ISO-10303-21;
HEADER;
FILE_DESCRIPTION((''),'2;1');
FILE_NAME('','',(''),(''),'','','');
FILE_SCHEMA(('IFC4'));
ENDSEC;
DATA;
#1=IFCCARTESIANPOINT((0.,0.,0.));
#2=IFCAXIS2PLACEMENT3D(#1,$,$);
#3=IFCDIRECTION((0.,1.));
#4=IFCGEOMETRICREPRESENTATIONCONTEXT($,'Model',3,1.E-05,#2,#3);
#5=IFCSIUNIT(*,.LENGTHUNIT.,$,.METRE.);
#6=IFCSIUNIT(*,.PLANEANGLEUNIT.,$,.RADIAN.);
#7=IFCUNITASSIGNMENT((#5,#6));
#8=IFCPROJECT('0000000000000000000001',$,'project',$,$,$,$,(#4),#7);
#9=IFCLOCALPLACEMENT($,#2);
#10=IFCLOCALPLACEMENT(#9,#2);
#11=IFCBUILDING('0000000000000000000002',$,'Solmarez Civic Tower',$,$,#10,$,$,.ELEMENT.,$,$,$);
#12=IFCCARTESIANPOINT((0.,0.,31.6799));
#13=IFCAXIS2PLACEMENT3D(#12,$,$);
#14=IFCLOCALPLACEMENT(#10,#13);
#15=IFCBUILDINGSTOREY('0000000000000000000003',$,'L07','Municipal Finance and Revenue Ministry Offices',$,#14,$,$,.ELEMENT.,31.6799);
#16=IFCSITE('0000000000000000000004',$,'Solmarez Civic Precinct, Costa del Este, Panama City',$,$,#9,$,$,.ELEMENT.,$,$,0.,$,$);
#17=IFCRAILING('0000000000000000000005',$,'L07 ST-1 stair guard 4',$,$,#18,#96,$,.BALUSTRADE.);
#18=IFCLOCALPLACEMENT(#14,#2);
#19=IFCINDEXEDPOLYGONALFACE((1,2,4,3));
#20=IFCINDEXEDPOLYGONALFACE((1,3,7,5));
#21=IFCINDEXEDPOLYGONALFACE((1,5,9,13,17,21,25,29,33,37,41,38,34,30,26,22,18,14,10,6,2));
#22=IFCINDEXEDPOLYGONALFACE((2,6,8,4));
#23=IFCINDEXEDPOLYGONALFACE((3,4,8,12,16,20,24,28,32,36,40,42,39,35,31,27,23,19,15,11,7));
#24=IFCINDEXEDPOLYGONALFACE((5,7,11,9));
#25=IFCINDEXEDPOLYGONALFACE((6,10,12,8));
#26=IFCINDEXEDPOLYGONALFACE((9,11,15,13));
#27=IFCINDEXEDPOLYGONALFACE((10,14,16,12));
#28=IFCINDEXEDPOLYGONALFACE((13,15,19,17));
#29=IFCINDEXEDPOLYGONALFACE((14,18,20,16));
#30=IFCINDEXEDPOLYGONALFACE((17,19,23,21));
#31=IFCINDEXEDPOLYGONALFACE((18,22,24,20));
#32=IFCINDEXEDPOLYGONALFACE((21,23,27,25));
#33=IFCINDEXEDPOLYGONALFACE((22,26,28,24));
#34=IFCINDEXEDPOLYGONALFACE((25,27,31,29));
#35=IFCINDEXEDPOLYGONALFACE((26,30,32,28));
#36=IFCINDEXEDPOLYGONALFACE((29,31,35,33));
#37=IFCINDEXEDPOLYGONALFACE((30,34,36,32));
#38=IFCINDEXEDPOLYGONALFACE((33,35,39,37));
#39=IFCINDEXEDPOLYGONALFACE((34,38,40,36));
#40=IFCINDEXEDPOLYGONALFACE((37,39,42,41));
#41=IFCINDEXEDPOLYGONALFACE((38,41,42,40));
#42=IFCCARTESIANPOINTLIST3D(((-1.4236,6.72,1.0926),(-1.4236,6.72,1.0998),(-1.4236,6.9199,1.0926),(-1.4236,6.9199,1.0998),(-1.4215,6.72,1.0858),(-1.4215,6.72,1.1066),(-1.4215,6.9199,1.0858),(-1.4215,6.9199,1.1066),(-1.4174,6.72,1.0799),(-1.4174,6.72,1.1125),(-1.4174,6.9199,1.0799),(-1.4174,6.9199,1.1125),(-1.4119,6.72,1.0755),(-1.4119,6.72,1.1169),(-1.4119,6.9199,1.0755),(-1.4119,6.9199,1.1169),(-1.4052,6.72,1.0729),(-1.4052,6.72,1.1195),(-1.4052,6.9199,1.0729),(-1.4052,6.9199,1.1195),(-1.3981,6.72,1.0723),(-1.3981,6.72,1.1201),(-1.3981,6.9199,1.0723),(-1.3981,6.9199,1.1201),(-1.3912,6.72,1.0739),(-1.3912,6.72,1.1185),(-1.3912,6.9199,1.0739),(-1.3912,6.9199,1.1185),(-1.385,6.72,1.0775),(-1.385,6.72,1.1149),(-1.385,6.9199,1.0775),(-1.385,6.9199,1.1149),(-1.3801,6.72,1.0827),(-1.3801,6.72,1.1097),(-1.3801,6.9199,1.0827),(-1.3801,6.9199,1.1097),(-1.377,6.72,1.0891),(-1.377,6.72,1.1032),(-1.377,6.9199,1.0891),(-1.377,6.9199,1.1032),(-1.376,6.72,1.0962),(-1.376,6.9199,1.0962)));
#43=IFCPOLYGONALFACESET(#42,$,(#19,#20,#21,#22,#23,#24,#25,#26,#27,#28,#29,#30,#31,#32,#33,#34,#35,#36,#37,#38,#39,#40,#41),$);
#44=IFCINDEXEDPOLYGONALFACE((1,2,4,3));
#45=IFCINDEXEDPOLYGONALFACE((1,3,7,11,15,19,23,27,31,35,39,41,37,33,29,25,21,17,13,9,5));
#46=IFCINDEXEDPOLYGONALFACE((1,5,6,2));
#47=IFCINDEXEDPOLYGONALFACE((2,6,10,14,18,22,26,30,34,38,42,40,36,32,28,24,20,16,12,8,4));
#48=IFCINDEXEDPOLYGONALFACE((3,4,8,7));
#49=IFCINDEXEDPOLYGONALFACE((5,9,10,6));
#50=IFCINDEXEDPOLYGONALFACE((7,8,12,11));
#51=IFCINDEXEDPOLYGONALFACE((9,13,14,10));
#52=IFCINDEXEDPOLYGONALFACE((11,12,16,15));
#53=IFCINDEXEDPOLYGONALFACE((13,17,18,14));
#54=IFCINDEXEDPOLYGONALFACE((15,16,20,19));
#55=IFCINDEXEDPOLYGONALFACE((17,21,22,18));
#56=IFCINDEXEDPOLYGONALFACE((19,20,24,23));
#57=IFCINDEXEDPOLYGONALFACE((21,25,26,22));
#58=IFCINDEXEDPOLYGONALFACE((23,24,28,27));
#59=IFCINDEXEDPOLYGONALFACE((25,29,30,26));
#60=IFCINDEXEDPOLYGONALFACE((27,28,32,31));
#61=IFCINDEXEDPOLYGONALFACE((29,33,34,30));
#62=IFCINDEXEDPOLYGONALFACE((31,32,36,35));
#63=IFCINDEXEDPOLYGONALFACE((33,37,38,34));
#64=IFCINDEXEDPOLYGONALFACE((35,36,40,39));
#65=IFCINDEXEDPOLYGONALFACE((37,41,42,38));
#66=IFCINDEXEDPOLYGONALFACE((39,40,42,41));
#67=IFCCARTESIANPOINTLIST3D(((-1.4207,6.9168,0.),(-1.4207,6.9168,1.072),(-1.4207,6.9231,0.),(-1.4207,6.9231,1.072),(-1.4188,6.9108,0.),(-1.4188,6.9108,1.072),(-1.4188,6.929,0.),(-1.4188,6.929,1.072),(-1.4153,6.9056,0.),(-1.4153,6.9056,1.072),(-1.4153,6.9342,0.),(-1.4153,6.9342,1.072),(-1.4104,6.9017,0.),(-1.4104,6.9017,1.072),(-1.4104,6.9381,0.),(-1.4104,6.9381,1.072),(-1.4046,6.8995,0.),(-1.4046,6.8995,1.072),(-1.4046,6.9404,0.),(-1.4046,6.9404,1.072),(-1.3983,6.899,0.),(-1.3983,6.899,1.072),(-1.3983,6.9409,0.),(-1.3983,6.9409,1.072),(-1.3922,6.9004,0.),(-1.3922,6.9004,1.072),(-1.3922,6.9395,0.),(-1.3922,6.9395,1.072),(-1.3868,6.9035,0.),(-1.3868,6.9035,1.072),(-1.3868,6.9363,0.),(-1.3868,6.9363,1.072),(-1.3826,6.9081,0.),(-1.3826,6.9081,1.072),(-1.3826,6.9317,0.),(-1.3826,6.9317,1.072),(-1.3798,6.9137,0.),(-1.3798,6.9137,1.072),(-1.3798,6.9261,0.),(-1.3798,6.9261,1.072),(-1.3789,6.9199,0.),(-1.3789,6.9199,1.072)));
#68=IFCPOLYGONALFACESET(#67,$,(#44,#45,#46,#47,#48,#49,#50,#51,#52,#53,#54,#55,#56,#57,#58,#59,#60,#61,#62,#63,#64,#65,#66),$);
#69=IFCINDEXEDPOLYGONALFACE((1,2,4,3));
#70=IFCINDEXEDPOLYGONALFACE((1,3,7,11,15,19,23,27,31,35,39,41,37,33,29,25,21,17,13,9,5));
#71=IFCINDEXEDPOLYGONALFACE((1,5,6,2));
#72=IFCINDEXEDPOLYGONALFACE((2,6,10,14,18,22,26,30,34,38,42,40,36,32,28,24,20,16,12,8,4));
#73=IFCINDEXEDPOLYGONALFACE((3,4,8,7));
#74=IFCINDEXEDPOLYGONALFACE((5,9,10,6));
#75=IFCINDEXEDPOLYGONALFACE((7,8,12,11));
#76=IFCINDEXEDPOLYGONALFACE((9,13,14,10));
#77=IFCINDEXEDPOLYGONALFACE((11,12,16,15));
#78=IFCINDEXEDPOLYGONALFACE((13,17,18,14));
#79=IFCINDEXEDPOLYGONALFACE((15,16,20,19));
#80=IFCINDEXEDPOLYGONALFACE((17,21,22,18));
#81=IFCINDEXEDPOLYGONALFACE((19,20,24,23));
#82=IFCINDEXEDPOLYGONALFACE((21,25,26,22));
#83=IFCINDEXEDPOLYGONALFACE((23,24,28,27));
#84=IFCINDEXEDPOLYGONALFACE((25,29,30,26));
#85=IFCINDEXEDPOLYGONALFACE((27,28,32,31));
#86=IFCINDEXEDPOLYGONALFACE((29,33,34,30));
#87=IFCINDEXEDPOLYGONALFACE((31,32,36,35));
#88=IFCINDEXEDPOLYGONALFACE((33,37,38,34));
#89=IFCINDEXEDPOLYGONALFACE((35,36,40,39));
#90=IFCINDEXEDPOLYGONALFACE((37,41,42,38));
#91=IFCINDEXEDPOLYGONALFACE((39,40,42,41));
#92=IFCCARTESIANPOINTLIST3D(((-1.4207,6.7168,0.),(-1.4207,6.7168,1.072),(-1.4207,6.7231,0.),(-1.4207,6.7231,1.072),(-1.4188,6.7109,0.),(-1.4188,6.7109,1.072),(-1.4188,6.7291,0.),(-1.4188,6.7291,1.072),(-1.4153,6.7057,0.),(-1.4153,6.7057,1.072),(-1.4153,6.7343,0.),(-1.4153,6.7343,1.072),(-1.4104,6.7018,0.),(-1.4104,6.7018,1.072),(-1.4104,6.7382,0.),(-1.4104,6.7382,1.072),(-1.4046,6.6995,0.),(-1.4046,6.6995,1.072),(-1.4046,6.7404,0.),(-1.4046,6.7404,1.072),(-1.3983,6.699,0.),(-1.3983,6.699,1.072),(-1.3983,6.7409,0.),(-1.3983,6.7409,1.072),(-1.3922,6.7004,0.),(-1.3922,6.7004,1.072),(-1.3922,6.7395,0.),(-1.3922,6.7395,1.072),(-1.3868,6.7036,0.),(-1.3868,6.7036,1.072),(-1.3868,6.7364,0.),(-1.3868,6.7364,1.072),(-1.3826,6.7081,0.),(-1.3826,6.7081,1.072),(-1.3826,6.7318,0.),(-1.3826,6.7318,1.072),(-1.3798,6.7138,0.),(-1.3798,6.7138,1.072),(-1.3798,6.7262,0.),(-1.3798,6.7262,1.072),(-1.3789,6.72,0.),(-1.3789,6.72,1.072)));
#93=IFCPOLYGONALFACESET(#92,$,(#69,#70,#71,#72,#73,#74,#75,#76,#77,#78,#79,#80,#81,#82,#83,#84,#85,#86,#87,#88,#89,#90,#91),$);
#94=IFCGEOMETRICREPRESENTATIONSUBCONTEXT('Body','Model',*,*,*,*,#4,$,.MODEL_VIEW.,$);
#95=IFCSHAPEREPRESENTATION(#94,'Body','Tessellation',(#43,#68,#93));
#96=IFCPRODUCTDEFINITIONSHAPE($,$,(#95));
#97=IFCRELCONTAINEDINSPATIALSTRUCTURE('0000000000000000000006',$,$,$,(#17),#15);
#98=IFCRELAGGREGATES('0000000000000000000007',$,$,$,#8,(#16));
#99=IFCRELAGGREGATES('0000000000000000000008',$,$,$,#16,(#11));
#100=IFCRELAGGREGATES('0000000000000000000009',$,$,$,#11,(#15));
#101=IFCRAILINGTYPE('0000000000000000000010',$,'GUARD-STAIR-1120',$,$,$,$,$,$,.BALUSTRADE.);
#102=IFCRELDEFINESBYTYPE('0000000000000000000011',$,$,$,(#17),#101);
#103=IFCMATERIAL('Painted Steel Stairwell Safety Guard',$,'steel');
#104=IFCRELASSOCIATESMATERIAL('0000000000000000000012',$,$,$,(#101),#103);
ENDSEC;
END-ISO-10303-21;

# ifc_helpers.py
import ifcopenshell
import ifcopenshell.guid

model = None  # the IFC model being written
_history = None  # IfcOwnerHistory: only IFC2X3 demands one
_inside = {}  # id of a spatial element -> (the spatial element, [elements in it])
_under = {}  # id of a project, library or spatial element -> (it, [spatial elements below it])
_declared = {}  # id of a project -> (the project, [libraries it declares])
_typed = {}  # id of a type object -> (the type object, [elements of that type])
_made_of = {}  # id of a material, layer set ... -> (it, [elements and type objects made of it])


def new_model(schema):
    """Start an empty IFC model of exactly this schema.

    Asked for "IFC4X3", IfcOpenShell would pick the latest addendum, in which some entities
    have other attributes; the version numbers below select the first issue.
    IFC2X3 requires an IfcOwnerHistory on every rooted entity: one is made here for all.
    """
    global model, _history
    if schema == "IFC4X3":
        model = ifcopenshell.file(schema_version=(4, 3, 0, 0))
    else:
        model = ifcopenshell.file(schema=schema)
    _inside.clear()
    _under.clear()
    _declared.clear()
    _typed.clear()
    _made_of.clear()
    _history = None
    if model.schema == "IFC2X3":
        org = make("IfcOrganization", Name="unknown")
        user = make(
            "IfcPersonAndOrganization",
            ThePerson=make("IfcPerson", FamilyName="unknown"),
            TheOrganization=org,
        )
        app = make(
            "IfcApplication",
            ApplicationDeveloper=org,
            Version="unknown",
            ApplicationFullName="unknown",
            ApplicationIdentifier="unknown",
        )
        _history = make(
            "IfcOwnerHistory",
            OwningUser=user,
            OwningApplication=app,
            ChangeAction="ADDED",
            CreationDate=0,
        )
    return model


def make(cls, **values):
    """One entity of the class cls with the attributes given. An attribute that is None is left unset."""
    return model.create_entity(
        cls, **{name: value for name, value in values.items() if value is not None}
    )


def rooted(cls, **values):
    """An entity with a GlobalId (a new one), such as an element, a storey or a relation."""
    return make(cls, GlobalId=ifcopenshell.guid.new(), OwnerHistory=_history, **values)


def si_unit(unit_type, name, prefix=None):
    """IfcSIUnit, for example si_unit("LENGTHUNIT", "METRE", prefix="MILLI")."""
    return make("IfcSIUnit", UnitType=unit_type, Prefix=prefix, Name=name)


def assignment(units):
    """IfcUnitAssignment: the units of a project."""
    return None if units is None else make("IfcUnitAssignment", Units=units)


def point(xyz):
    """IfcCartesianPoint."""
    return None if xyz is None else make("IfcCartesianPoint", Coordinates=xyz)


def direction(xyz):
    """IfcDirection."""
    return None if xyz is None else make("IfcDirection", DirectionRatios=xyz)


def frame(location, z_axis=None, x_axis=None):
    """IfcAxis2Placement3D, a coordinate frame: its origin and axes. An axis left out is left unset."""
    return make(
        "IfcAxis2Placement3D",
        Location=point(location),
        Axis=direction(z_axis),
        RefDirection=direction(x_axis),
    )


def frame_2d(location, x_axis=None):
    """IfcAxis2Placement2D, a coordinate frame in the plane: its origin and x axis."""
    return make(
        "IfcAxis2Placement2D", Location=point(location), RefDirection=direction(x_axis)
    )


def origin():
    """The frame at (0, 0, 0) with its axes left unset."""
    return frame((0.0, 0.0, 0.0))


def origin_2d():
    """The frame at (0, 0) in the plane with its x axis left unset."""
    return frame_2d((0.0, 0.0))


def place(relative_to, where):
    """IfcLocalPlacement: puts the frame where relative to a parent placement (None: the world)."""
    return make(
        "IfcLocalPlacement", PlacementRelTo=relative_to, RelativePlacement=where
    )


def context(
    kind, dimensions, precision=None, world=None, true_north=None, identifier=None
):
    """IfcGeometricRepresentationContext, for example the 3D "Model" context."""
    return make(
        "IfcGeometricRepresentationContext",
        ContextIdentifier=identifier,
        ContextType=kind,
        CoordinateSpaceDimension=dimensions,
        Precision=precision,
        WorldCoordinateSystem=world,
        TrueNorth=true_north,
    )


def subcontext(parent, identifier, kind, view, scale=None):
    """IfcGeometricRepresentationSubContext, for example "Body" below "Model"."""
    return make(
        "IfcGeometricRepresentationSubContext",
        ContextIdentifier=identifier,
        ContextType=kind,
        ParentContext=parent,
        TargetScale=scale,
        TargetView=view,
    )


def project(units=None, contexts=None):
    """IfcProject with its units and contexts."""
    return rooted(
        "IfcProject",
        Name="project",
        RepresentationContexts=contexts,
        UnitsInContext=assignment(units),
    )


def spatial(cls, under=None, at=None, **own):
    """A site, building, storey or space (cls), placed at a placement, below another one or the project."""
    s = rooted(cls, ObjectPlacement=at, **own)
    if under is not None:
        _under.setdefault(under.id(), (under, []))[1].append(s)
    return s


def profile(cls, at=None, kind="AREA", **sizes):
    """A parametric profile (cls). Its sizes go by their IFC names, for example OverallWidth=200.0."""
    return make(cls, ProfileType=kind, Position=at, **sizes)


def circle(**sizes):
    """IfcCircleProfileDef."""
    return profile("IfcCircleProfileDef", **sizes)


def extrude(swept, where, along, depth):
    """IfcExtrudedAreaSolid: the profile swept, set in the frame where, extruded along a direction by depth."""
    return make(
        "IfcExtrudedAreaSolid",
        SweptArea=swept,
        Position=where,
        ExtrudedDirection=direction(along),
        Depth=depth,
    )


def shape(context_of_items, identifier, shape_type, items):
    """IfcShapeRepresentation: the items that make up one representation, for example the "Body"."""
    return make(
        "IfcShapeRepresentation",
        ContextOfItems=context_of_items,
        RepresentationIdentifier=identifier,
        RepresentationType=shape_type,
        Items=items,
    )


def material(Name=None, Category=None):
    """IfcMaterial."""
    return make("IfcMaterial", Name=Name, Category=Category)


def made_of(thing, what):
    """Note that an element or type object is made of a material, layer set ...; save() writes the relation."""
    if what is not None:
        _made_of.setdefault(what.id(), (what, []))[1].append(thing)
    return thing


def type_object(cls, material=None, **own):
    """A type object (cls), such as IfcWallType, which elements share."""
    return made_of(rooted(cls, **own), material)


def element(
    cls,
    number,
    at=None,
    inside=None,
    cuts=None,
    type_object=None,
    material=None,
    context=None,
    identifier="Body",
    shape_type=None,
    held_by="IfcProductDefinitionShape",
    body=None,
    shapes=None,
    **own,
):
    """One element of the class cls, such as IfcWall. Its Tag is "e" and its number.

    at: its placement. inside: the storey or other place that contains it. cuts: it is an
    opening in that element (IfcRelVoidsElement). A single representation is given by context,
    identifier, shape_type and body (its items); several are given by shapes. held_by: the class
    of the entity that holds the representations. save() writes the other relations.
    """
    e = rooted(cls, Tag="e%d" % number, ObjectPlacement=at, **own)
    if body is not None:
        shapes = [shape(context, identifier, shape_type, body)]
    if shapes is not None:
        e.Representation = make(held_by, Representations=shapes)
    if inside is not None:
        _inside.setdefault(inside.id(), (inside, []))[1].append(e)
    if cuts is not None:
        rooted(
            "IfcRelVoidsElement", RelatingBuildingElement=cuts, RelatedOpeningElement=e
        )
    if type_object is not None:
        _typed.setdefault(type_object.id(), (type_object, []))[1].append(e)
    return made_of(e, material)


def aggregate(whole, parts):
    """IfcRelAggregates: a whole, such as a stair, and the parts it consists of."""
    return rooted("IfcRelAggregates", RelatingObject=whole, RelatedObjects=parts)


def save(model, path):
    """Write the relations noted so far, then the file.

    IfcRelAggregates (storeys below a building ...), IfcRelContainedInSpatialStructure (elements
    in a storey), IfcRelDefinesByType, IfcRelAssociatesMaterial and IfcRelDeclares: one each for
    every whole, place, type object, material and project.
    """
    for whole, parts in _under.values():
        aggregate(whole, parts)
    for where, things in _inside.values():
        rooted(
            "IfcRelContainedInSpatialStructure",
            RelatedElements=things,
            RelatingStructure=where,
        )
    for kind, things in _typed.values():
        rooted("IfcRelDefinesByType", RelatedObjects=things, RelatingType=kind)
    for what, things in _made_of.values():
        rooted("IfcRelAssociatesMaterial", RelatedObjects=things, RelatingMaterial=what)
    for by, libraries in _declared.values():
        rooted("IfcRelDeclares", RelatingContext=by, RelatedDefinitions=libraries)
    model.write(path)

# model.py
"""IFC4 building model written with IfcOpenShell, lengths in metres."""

from ifc_helpers import new_model, si_unit, direction, frame, origin, origin_2d, place, context, subcontext, project, spatial, circle, extrude, material, type_object, element, save


model = new_model("IFC4")

# Units and contexts
model_context = context("Model", 3, precision=1e-05, world=origin(), true_north=direction((0.0, 1.0)))
body_context = subcontext(model_context, "Body", "Model", "MODEL_VIEW")
ifc_project = project(units=[si_unit("LENGTHUNIT", "METRE"), si_unit("PLANEANGLEUNIT", "RADIAN")], contexts=[model_context])

# Site, building, storey
site_placement = place(None, origin())
site = spatial("IfcSite", under=ifc_project, at=site_placement, Name="Solmarez Civic Precinct, Costa del Este, Panama City", CompositionType="ELEMENT", RefElevation=0.0)
building_placement = place(site_placement, origin())
building = spatial("IfcBuilding", under=site, at=building_placement, Name="Solmarez Civic Tower", CompositionType="ELEMENT")
storey_placement = place(building_placement, frame((0.0, 0.0, 31.6799)))
storey = spatial("IfcBuildingStorey", under=building, at=storey_placement, Name="L07", Description="Municipal Finance and Revenue Ministry Offices", CompositionType="ELEMENT", Elevation=31.6799)

# Railing
ifc_material_1 = material(Name="Painted Steel Stairwell Safety Guard", Category="steel")
railing_type_1 = type_object("IfcRailingType", Name="GUARD-STAIR-1120", PredefinedType="BALUSTRADE", material=ifc_material_1)
railing_1_placement = place(storey_placement, frame((-1.3999, 6.9199, 0.0)))
element("IfcRailing", 1, at=railing_1_placement, inside=storey, type_object=railing_type_1, Name="L07 ST-1 stair guard 4", PredefinedType="BALUSTRADE", context=body_context, shape_type="SweptSolid", body=[
    extrude(circle(Radius=0.0239, at=origin_2d()), frame((0.0, 0.0, 1.0962), z_axis=(0.0, -1.0, 0.0), x_axis=(1.0, 0.0, 0.0)), (0.0, 0.0, 1.0), 0.2),
    extrude(circle(Radius=0.021, at=origin_2d()), origin(), (0.0, 0.0, 1.0), 1.072),
    extrude(circle(Radius=0.021, at=origin_2d()), frame((0.0, -0.2, 0.0)), (0.0, 0.0, 1.0), 1.072),
])

save(model, "model.ifc")
